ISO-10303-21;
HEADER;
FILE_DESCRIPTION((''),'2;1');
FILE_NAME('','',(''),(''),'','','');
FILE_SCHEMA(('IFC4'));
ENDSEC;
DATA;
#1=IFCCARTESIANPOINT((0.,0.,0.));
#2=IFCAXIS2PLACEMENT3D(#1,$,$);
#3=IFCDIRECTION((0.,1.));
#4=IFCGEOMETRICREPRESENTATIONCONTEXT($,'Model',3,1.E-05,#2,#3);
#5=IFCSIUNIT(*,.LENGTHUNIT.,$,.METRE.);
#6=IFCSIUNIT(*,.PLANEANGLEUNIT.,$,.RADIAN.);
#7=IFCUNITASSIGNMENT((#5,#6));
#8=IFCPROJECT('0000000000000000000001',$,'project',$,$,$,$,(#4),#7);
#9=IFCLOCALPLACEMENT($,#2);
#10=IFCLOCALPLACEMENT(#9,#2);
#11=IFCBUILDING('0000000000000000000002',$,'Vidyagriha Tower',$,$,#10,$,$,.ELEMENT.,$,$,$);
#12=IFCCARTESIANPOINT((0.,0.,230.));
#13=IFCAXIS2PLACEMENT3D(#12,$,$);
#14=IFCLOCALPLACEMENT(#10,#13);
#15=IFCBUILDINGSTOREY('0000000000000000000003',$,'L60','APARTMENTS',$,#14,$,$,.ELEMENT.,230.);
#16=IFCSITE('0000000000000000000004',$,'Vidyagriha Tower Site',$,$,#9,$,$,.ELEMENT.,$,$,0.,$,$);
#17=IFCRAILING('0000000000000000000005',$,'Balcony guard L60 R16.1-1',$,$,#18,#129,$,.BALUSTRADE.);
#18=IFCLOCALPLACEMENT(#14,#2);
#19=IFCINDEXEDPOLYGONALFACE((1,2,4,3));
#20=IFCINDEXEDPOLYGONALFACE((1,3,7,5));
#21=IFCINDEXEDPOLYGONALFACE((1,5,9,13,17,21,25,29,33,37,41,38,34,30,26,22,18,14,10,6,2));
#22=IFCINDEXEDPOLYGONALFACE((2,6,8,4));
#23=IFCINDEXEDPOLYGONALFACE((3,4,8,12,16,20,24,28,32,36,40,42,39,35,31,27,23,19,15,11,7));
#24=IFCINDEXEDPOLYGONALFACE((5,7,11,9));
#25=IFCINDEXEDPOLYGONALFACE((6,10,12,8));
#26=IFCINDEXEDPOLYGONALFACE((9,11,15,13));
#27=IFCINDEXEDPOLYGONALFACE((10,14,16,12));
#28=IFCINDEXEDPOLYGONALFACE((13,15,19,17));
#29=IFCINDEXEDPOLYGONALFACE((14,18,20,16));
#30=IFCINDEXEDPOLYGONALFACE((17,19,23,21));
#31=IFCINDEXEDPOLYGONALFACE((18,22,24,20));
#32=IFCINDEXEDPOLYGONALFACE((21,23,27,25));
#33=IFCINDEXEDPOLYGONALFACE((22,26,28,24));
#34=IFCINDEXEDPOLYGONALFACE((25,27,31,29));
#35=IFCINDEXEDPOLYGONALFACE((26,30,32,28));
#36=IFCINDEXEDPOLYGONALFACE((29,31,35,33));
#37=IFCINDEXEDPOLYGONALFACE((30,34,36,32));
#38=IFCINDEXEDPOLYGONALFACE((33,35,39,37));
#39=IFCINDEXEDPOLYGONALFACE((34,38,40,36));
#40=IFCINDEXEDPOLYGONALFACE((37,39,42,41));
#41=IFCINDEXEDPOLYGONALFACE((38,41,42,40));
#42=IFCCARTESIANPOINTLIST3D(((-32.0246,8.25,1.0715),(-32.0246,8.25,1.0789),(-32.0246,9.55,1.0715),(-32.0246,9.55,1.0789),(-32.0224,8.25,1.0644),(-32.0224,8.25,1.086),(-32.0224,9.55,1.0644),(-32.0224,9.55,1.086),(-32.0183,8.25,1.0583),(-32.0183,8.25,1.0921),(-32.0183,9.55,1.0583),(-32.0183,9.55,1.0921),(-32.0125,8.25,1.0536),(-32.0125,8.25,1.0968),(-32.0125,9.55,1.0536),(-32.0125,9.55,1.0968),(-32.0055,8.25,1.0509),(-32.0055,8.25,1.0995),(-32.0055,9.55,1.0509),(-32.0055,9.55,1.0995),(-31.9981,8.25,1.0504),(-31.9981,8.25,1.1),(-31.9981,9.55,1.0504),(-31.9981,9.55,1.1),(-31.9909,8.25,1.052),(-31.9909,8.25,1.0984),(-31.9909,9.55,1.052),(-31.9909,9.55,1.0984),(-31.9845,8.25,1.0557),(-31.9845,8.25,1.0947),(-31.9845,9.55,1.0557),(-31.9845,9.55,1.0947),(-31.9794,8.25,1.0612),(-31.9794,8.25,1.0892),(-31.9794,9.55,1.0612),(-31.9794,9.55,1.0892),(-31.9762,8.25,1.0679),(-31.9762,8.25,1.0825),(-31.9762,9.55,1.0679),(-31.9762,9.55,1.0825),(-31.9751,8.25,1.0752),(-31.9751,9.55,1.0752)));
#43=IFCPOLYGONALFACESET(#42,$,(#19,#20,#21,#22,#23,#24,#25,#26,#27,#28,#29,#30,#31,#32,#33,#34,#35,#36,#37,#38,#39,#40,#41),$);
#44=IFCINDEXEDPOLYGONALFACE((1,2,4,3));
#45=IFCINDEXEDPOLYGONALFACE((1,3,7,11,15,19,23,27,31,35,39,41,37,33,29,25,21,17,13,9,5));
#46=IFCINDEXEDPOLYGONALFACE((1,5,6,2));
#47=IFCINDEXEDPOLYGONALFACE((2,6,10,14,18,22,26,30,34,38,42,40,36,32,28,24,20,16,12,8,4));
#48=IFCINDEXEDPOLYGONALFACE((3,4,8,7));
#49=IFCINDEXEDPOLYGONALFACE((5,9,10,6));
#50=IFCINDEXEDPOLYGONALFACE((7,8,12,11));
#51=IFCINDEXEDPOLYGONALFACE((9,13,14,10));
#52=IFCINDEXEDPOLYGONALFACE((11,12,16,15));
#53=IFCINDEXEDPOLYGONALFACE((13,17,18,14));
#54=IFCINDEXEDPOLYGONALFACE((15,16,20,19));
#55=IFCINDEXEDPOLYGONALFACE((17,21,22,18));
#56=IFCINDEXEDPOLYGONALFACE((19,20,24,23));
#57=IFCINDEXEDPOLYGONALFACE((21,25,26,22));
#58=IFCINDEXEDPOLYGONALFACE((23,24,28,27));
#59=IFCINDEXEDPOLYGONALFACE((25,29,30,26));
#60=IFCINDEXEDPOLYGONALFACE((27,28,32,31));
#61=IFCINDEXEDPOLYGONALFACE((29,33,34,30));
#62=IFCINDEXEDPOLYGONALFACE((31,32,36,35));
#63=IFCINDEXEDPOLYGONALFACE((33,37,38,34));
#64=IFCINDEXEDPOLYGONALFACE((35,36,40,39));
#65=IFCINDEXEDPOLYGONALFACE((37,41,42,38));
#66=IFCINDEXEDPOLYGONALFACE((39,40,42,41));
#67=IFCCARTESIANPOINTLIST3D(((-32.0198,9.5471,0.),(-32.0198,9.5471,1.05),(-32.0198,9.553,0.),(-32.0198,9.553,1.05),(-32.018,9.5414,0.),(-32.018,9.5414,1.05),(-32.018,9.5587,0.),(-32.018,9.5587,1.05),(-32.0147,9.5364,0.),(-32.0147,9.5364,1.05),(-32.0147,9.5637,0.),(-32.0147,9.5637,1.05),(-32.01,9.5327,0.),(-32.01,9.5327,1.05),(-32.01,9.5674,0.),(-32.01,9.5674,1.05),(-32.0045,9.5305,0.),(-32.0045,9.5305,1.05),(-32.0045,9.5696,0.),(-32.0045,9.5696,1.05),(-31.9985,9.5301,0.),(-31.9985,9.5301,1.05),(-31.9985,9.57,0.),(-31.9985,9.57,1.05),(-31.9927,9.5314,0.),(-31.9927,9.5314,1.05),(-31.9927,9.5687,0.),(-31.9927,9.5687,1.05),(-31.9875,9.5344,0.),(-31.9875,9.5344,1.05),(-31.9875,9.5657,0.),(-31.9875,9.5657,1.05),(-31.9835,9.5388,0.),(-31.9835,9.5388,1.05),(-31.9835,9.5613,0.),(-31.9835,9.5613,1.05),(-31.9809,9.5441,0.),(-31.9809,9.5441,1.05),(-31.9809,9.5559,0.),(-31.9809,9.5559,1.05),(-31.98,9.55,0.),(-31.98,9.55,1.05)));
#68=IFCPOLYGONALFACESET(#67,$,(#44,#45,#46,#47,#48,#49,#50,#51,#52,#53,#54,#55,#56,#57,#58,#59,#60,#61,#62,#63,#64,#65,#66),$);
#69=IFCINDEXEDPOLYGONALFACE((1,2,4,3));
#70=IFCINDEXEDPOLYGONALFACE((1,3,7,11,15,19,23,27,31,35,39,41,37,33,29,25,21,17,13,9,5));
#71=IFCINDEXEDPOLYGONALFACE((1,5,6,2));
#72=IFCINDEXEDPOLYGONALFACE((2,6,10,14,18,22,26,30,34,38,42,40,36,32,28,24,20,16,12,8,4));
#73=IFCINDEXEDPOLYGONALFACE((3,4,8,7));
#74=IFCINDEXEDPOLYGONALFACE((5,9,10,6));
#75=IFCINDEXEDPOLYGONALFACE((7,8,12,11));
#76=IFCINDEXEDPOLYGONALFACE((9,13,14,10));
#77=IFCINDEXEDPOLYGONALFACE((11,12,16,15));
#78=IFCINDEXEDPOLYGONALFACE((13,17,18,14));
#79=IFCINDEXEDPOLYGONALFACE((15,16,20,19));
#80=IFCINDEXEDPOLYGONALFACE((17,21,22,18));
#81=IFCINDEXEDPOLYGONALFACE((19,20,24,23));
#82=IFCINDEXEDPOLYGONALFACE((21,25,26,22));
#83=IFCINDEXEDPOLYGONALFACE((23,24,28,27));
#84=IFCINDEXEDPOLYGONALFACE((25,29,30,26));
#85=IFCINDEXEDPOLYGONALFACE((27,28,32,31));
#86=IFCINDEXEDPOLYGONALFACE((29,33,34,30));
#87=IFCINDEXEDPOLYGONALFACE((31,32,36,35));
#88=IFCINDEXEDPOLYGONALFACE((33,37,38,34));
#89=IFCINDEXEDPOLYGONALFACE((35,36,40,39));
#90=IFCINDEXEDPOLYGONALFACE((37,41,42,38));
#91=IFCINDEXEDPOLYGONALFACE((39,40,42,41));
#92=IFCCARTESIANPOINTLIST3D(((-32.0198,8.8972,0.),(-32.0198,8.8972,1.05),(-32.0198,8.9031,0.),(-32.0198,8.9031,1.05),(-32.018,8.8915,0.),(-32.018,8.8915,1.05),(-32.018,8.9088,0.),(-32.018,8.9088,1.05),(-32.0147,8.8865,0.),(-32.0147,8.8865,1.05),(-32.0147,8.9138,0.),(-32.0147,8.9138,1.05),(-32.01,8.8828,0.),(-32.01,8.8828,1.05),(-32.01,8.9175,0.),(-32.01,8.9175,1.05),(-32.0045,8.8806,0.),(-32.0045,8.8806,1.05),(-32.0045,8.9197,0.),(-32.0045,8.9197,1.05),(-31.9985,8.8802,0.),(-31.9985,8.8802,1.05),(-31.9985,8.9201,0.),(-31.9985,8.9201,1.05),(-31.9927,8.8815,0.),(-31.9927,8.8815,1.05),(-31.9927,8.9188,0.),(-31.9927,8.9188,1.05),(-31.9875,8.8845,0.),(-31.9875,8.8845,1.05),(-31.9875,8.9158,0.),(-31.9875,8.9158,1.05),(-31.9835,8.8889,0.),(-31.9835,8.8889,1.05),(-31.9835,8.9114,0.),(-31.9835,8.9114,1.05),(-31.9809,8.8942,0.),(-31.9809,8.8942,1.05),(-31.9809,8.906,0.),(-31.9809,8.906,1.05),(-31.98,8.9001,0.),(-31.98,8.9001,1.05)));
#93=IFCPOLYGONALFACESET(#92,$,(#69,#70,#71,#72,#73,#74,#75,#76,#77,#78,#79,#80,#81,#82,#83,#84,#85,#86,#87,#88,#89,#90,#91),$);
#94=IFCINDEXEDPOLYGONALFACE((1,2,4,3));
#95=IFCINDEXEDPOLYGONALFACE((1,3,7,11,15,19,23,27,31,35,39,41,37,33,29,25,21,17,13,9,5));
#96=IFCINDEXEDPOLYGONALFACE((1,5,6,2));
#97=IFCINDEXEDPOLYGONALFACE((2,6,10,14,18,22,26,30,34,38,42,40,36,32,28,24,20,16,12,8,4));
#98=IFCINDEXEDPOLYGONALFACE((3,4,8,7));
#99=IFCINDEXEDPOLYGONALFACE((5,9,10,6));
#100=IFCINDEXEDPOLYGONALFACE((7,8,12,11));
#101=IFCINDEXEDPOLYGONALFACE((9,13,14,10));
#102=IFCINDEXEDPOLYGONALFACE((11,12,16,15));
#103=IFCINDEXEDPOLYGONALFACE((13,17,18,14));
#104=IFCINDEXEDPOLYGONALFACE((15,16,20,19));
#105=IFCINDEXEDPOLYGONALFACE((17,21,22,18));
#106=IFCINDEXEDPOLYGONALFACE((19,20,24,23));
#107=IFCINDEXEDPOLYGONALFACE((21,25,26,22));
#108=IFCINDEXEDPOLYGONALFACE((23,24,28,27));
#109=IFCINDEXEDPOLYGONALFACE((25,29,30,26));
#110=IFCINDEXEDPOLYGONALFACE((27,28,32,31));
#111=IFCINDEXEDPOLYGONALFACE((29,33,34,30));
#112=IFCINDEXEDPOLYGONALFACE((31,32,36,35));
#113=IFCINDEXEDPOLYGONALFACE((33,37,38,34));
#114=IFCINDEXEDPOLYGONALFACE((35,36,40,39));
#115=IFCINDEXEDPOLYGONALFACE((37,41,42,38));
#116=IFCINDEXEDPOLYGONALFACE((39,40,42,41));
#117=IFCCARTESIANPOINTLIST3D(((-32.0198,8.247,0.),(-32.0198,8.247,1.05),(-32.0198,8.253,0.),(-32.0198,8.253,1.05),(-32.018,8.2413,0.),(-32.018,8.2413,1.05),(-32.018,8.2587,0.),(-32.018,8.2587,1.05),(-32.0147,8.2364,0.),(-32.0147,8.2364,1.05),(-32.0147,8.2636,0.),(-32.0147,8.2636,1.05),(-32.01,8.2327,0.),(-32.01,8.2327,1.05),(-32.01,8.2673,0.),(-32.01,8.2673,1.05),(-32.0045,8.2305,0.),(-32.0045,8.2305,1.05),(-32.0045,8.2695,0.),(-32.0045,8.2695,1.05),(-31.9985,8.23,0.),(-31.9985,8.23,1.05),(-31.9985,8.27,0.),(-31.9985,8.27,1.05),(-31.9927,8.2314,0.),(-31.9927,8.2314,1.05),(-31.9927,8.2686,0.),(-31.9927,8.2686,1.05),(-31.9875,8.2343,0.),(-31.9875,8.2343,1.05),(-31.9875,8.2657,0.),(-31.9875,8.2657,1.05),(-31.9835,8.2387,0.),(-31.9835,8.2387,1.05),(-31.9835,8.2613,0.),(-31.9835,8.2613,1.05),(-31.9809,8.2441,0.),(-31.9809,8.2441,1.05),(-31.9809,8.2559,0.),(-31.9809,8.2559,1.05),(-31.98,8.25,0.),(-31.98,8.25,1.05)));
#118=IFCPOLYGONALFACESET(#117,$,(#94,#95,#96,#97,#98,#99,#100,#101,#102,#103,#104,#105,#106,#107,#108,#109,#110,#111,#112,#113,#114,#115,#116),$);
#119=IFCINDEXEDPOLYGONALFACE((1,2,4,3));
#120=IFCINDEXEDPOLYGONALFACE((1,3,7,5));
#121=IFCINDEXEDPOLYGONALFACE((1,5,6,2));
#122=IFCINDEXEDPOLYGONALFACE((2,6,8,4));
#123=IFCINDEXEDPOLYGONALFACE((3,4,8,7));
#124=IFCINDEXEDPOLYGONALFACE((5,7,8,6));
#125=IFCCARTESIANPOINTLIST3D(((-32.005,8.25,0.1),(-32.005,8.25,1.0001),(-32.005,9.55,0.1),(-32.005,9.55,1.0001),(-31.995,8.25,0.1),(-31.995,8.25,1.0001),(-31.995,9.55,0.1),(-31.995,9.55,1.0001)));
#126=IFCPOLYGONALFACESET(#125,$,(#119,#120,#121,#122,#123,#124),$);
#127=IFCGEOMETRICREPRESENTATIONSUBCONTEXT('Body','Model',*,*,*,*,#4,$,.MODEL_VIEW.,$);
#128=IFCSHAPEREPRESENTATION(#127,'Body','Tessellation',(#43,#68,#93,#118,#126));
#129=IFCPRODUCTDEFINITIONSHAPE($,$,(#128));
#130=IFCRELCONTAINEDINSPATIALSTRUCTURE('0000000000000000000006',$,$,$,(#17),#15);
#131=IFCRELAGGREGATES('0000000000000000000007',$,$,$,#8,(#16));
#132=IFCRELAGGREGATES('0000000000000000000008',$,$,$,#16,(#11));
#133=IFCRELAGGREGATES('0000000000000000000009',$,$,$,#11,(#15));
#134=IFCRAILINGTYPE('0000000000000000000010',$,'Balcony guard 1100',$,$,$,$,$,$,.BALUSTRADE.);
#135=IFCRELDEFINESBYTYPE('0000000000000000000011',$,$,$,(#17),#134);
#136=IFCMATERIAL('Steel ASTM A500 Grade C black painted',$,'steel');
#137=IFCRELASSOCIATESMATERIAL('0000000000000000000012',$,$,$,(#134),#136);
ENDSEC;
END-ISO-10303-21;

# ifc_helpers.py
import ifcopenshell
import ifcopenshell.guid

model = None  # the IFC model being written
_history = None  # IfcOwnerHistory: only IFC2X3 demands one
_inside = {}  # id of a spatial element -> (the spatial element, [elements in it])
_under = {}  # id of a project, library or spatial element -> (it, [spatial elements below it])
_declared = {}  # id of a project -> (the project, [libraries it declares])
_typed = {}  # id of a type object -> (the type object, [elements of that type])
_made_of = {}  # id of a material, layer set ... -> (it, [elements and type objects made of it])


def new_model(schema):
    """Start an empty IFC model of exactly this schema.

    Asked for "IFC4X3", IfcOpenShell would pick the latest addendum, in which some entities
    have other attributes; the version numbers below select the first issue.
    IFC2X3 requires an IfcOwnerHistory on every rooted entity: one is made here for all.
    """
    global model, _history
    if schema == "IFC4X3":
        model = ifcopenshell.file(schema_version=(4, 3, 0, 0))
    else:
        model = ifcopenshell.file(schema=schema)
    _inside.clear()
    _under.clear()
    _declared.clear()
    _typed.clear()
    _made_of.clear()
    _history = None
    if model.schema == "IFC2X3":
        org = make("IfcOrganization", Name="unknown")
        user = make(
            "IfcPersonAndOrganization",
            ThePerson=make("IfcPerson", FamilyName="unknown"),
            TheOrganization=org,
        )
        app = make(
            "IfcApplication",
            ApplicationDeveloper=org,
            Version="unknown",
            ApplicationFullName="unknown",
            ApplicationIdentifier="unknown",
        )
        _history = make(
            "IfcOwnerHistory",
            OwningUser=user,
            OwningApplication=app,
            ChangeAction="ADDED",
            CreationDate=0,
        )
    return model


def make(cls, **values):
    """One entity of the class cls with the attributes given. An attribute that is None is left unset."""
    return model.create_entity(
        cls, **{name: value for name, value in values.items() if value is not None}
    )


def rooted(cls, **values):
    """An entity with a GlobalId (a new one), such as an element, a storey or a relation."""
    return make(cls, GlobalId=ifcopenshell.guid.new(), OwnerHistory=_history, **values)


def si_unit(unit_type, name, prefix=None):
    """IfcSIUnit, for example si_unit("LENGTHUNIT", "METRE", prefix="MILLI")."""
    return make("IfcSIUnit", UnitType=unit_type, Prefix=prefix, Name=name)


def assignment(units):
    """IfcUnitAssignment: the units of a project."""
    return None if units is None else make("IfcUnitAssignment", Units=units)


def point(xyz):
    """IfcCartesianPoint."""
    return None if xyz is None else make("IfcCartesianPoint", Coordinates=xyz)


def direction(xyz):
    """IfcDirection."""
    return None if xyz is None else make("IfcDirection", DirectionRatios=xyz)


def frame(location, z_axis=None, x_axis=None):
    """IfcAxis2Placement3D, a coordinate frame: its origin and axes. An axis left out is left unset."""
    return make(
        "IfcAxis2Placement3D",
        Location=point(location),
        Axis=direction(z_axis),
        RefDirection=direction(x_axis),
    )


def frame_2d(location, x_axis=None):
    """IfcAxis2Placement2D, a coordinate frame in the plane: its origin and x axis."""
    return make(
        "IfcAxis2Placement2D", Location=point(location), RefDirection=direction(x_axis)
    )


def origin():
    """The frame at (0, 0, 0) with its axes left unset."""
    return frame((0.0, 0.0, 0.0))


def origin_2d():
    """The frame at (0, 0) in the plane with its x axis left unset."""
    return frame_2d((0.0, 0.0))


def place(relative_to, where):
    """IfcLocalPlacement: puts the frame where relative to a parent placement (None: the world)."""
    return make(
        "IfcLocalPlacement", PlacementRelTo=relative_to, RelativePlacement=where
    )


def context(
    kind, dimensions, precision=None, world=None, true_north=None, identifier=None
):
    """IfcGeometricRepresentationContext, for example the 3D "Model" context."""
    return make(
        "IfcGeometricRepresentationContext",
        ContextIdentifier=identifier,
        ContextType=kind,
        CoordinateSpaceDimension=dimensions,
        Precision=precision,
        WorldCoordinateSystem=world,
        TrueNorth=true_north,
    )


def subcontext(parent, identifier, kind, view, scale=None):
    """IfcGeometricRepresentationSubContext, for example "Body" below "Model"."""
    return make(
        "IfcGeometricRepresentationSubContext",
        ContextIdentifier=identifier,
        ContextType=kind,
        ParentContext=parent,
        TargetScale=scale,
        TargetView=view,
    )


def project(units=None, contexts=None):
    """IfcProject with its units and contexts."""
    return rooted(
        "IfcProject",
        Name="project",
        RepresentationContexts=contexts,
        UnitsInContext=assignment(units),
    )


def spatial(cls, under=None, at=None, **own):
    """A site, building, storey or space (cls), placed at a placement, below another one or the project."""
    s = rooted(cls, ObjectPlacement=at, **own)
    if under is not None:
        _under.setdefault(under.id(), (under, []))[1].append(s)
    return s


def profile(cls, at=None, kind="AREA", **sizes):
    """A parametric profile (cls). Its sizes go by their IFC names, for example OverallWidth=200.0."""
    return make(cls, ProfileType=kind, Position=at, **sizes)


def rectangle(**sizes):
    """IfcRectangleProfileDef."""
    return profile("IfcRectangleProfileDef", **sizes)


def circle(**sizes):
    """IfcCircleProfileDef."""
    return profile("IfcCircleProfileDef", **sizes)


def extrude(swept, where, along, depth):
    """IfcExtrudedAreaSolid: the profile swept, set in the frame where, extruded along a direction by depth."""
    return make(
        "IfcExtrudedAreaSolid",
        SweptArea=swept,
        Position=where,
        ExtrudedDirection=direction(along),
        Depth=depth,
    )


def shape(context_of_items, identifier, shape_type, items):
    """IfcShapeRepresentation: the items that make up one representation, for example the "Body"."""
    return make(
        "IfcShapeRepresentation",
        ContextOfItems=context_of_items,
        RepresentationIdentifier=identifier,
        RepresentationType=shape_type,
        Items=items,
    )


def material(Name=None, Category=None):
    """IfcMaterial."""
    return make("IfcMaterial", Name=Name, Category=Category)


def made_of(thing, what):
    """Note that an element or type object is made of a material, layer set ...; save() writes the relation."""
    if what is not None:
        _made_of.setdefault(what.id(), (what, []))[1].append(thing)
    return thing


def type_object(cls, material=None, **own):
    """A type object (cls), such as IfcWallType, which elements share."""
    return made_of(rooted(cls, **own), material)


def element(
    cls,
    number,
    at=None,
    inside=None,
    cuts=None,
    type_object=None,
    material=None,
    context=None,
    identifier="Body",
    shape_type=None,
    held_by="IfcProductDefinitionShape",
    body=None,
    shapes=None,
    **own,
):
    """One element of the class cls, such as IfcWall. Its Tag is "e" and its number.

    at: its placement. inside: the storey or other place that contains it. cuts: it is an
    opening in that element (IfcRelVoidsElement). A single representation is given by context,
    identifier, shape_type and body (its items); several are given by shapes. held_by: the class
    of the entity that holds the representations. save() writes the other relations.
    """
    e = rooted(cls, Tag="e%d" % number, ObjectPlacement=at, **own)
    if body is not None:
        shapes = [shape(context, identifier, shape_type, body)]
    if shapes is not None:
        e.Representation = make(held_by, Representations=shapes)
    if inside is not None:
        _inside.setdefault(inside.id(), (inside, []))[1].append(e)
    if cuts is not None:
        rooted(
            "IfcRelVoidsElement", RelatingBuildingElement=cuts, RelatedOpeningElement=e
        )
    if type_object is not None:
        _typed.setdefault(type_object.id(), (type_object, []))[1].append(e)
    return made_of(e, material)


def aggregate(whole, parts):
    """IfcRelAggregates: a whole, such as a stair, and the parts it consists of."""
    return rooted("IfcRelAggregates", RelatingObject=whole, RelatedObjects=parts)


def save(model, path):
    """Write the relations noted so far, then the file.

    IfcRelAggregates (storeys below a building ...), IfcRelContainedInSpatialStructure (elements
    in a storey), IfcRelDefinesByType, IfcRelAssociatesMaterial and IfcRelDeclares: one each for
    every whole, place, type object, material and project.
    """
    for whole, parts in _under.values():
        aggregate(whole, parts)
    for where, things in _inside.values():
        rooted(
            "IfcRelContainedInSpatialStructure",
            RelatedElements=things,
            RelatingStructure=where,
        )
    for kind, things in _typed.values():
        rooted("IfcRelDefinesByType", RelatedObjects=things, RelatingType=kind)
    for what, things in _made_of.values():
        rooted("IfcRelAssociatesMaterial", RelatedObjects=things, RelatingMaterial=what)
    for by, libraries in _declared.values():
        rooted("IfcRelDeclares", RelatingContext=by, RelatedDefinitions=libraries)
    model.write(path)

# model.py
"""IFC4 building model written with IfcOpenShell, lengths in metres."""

from ifc_helpers import new_model, si_unit, direction, frame, origin, origin_2d, place, context, subcontext, project, spatial, rectangle, circle, extrude, material, type_object, element, save


model = new_model("IFC4")

# Units and contexts
model_context = context("Model", 3, precision=1e-05, world=origin(), true_north=direction((0.0, 1.0)))
body_context = subcontext(model_context, "Body", "Model", "MODEL_VIEW")
ifc_project = project(units=[si_unit("LENGTHUNIT", "METRE"), si_unit("PLANEANGLEUNIT", "RADIAN")], contexts=[model_context])

# Site, building, storey
site_placement = place(None, origin())
site = spatial("IfcSite", under=ifc_project, at=site_placement, Name="Vidyagriha Tower Site", CompositionType="ELEMENT", RefElevation=0.0)
building_placement = place(site_placement, origin())
building = spatial("IfcBuilding", under=site, at=building_placement, Name="Vidyagriha Tower", CompositionType="ELEMENT")
storey_placement = place(building_placement, frame((0.0, 0.0, 230.0)))
storey = spatial("IfcBuildingStorey", under=building, at=storey_placement, Name="L60", Description="APARTMENTS", CompositionType="ELEMENT", Elevation=230.0)

# Railing
ifc_material_1 = material(Name="Steel ASTM A500 Grade C black painted", Category="steel")
railing_type = type_object("IfcRailingType", Name="Balcony guard 1100", PredefinedType="BALUSTRADE", material=ifc_material_1)
railing_1_placement = place(storey_placement, frame((-32.0, 9.55, 0.0)))
element("IfcRailing", 1, at=railing_1_placement, inside=storey, type_object=railing_type, Name="Balcony guard L60 R16.1-1", PredefinedType="BALUSTRADE", context=body_context, shape_type="SweptSolid", body=[
    extrude(circle(Radius=0.0249, at=origin_2d()), frame((0.0, 0.0, 1.0752), z_axis=(0.0, -1.0, 0.0), x_axis=(1.0, 0.0, 0.0)), (0.0, 0.0, 1.0), 1.3),
    extrude(circle(Radius=0.02, at=origin_2d()), origin(), (0.0, 0.0, 1.0), 1.05),
    extrude(circle(Radius=0.02, at=origin_2d()), frame((0.0, -0.6499, 0.0)), (0.0, 0.0, 1.0), 1.05),
    extrude(circle(Radius=0.02, at=origin_2d()), frame((0.0, -1.3, 0.0)), (0.0, 0.0, 1.0), 1.05),
    extrude(rectangle(XDim=0.01, YDim=0.9001, at=origin_2d()), frame((0.0, 0.0, 0.55), z_axis=(0.0, -1.0, 0.0), x_axis=(1.0, 0.0, 0.0)), (0.0, 0.0, 1.0), 1.3),
])

save(model, "model.ifc")
